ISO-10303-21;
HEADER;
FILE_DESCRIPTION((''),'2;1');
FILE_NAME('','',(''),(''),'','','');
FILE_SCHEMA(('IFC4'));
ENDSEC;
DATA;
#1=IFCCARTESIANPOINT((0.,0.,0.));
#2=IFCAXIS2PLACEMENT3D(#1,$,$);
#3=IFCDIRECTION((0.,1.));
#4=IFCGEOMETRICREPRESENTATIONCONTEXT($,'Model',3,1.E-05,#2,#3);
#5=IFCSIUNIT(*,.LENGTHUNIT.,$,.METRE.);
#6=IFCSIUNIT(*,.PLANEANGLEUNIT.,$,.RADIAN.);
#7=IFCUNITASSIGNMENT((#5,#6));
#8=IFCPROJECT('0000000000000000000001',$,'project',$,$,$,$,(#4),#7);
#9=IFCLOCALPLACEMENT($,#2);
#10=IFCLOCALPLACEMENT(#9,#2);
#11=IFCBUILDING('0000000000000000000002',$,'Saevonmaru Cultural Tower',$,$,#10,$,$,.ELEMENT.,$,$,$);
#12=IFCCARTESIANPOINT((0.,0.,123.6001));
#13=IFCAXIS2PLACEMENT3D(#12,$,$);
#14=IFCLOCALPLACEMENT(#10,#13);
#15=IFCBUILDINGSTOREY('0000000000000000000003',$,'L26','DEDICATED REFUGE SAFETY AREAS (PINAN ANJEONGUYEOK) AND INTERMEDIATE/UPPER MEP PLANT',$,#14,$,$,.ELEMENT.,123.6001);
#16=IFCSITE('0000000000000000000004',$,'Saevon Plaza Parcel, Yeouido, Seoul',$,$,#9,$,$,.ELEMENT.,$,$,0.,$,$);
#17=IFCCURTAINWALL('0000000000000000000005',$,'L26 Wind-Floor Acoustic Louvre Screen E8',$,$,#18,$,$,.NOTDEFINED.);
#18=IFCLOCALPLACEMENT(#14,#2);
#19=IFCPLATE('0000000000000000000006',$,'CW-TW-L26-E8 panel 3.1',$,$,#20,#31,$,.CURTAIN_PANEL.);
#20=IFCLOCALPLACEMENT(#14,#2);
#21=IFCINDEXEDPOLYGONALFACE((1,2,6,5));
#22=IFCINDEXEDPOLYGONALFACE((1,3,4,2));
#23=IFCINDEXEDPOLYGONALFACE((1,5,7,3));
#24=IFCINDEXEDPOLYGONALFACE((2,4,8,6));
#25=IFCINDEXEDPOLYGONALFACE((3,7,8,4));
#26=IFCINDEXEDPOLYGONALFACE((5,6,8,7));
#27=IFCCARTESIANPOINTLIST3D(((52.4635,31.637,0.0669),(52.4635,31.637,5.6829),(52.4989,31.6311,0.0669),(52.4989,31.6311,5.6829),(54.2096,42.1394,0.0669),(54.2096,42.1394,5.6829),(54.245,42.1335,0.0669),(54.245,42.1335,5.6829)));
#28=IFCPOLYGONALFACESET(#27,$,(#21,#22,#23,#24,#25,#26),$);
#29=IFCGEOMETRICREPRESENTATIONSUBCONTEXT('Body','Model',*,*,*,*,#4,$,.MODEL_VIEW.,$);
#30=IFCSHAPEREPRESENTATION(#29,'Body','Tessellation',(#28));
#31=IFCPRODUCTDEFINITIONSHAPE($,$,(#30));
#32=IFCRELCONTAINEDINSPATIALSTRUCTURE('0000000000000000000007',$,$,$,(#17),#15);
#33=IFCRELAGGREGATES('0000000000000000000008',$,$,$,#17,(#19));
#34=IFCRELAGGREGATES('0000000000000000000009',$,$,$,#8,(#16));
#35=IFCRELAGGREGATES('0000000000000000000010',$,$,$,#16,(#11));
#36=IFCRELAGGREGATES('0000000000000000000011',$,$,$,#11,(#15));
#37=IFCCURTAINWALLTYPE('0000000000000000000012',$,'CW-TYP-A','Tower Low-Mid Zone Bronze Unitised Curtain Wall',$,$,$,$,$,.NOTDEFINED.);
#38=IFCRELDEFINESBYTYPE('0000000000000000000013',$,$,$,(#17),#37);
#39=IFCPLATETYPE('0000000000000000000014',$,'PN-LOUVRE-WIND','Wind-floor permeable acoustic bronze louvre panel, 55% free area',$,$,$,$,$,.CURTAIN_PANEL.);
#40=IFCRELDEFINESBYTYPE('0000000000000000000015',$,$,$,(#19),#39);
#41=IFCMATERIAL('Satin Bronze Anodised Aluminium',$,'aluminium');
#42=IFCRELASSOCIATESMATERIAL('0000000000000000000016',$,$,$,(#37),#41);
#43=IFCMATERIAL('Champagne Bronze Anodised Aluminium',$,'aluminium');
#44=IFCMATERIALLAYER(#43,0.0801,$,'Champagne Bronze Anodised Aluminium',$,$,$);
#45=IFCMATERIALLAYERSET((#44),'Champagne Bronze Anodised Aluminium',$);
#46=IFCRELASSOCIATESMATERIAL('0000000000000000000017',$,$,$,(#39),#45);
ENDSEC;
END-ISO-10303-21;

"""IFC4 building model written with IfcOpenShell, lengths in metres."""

from ifc_helpers import new_model, si_unit, direction, frame, origin, origin_2d, place, context, subcontext, project, spatial, rectangle, extrude, material, layer, layer_set, type_object, element, aggregate, save


model = new_model("IFC4")

# Units and contexts
model_context = context("Model", 3, precision=1e-05, world=origin(), true_north=direction((0.0, 1.0)))
body_context = subcontext(model_context, "Body", "Model", "MODEL_VIEW")
ifc_project = project(units=[si_unit("LENGTHUNIT", "METRE"), si_unit("PLANEANGLEUNIT", "RADIAN")], contexts=[model_context])

# Site, building, storey
site_placement = place(None, origin())
site = spatial("IfcSite", under=ifc_project, at=site_placement, Name="Saevon Plaza Parcel, Yeouido, Seoul", CompositionType="ELEMENT", RefElevation=0.0)
building_placement = place(site_placement, origin())
building = spatial("IfcBuilding", under=site, at=building_placement, Name="Saevonmaru Cultural Tower", CompositionType="ELEMENT")
storey_placement = place(building_placement, frame((0.0, 0.0, 123.6001)))
storey = spatial("IfcBuildingStorey", under=building, at=storey_placement, Name="L26", Description="DEDICATED REFUGE SAFETY AREAS (PINAN ANJEONGUYEOK) AND INTERMEDIATE/UPPER MEP PLANT", CompositionType="ELEMENT", Elevation=123.6001)

# Curtain wall
ifc_material_1 = material(Name="Satin Bronze Anodised Aluminium", Category="aluminium")
curtain_wall_type = type_object("IfcCurtainWallType", Name="CW-TYP-A", Description="Tower Low-Mid Zone Bronze Unitised Curtain Wall", PredefinedType="NOTDEFINED", material=ifc_material_1)
curtain_wall_placement = place(storey_placement, origin())
curtain_wall = element("IfcCurtainWall", 1, at=curtain_wall_placement, inside=storey, type_object=curtain_wall_type, Name="L26 Wind-Floor Acoustic Louvre Screen E8", PredefinedType="NOTDEFINED")

# Plate
ifc_material_2 = material(Name="Champagne Bronze Anodised Aluminium", Category="aluminium")
ifc_layer_1 = layer(ifc_material_2, 0.0801, Name="Champagne Bronze Anodised Aluminium")
ifc_layer_set_1 = layer_set([ifc_layer_1], Name="Champagne Bronze Anodised Aluminium")
plate_type_1 = type_object("IfcPlateType", Name="PN-LOUVRE-WIND", Description="Wind-floor permeable acoustic bronze louvre panel, 55% free area", PredefinedType="CURTAIN_PANEL", material=ifc_layer_set_1)
plate_1_placement = place(storey_placement, frame((53.3542, 36.8853, 0.0669), z_axis=(0.0, 0.0, 1.0), x_axis=(0.163999, 0.986461, 0.0)))
plate_1 = element("IfcPlate", 2, at=plate_1_placement, type_object=plate_type_1, Name="CW-TW-L26-E8 panel 3.1", PredefinedType="CURTAIN_PANEL", context=body_context, shape_type="SweptSolid", body=[
    extrude(rectangle(XDim=10.6465, YDim=0.0359, at=origin_2d()), origin(), (0.0, 0.0, 1.0), 5.616),
])
aggregate(curtain_wall, [plate_1])

save(model, "model.ifc")
